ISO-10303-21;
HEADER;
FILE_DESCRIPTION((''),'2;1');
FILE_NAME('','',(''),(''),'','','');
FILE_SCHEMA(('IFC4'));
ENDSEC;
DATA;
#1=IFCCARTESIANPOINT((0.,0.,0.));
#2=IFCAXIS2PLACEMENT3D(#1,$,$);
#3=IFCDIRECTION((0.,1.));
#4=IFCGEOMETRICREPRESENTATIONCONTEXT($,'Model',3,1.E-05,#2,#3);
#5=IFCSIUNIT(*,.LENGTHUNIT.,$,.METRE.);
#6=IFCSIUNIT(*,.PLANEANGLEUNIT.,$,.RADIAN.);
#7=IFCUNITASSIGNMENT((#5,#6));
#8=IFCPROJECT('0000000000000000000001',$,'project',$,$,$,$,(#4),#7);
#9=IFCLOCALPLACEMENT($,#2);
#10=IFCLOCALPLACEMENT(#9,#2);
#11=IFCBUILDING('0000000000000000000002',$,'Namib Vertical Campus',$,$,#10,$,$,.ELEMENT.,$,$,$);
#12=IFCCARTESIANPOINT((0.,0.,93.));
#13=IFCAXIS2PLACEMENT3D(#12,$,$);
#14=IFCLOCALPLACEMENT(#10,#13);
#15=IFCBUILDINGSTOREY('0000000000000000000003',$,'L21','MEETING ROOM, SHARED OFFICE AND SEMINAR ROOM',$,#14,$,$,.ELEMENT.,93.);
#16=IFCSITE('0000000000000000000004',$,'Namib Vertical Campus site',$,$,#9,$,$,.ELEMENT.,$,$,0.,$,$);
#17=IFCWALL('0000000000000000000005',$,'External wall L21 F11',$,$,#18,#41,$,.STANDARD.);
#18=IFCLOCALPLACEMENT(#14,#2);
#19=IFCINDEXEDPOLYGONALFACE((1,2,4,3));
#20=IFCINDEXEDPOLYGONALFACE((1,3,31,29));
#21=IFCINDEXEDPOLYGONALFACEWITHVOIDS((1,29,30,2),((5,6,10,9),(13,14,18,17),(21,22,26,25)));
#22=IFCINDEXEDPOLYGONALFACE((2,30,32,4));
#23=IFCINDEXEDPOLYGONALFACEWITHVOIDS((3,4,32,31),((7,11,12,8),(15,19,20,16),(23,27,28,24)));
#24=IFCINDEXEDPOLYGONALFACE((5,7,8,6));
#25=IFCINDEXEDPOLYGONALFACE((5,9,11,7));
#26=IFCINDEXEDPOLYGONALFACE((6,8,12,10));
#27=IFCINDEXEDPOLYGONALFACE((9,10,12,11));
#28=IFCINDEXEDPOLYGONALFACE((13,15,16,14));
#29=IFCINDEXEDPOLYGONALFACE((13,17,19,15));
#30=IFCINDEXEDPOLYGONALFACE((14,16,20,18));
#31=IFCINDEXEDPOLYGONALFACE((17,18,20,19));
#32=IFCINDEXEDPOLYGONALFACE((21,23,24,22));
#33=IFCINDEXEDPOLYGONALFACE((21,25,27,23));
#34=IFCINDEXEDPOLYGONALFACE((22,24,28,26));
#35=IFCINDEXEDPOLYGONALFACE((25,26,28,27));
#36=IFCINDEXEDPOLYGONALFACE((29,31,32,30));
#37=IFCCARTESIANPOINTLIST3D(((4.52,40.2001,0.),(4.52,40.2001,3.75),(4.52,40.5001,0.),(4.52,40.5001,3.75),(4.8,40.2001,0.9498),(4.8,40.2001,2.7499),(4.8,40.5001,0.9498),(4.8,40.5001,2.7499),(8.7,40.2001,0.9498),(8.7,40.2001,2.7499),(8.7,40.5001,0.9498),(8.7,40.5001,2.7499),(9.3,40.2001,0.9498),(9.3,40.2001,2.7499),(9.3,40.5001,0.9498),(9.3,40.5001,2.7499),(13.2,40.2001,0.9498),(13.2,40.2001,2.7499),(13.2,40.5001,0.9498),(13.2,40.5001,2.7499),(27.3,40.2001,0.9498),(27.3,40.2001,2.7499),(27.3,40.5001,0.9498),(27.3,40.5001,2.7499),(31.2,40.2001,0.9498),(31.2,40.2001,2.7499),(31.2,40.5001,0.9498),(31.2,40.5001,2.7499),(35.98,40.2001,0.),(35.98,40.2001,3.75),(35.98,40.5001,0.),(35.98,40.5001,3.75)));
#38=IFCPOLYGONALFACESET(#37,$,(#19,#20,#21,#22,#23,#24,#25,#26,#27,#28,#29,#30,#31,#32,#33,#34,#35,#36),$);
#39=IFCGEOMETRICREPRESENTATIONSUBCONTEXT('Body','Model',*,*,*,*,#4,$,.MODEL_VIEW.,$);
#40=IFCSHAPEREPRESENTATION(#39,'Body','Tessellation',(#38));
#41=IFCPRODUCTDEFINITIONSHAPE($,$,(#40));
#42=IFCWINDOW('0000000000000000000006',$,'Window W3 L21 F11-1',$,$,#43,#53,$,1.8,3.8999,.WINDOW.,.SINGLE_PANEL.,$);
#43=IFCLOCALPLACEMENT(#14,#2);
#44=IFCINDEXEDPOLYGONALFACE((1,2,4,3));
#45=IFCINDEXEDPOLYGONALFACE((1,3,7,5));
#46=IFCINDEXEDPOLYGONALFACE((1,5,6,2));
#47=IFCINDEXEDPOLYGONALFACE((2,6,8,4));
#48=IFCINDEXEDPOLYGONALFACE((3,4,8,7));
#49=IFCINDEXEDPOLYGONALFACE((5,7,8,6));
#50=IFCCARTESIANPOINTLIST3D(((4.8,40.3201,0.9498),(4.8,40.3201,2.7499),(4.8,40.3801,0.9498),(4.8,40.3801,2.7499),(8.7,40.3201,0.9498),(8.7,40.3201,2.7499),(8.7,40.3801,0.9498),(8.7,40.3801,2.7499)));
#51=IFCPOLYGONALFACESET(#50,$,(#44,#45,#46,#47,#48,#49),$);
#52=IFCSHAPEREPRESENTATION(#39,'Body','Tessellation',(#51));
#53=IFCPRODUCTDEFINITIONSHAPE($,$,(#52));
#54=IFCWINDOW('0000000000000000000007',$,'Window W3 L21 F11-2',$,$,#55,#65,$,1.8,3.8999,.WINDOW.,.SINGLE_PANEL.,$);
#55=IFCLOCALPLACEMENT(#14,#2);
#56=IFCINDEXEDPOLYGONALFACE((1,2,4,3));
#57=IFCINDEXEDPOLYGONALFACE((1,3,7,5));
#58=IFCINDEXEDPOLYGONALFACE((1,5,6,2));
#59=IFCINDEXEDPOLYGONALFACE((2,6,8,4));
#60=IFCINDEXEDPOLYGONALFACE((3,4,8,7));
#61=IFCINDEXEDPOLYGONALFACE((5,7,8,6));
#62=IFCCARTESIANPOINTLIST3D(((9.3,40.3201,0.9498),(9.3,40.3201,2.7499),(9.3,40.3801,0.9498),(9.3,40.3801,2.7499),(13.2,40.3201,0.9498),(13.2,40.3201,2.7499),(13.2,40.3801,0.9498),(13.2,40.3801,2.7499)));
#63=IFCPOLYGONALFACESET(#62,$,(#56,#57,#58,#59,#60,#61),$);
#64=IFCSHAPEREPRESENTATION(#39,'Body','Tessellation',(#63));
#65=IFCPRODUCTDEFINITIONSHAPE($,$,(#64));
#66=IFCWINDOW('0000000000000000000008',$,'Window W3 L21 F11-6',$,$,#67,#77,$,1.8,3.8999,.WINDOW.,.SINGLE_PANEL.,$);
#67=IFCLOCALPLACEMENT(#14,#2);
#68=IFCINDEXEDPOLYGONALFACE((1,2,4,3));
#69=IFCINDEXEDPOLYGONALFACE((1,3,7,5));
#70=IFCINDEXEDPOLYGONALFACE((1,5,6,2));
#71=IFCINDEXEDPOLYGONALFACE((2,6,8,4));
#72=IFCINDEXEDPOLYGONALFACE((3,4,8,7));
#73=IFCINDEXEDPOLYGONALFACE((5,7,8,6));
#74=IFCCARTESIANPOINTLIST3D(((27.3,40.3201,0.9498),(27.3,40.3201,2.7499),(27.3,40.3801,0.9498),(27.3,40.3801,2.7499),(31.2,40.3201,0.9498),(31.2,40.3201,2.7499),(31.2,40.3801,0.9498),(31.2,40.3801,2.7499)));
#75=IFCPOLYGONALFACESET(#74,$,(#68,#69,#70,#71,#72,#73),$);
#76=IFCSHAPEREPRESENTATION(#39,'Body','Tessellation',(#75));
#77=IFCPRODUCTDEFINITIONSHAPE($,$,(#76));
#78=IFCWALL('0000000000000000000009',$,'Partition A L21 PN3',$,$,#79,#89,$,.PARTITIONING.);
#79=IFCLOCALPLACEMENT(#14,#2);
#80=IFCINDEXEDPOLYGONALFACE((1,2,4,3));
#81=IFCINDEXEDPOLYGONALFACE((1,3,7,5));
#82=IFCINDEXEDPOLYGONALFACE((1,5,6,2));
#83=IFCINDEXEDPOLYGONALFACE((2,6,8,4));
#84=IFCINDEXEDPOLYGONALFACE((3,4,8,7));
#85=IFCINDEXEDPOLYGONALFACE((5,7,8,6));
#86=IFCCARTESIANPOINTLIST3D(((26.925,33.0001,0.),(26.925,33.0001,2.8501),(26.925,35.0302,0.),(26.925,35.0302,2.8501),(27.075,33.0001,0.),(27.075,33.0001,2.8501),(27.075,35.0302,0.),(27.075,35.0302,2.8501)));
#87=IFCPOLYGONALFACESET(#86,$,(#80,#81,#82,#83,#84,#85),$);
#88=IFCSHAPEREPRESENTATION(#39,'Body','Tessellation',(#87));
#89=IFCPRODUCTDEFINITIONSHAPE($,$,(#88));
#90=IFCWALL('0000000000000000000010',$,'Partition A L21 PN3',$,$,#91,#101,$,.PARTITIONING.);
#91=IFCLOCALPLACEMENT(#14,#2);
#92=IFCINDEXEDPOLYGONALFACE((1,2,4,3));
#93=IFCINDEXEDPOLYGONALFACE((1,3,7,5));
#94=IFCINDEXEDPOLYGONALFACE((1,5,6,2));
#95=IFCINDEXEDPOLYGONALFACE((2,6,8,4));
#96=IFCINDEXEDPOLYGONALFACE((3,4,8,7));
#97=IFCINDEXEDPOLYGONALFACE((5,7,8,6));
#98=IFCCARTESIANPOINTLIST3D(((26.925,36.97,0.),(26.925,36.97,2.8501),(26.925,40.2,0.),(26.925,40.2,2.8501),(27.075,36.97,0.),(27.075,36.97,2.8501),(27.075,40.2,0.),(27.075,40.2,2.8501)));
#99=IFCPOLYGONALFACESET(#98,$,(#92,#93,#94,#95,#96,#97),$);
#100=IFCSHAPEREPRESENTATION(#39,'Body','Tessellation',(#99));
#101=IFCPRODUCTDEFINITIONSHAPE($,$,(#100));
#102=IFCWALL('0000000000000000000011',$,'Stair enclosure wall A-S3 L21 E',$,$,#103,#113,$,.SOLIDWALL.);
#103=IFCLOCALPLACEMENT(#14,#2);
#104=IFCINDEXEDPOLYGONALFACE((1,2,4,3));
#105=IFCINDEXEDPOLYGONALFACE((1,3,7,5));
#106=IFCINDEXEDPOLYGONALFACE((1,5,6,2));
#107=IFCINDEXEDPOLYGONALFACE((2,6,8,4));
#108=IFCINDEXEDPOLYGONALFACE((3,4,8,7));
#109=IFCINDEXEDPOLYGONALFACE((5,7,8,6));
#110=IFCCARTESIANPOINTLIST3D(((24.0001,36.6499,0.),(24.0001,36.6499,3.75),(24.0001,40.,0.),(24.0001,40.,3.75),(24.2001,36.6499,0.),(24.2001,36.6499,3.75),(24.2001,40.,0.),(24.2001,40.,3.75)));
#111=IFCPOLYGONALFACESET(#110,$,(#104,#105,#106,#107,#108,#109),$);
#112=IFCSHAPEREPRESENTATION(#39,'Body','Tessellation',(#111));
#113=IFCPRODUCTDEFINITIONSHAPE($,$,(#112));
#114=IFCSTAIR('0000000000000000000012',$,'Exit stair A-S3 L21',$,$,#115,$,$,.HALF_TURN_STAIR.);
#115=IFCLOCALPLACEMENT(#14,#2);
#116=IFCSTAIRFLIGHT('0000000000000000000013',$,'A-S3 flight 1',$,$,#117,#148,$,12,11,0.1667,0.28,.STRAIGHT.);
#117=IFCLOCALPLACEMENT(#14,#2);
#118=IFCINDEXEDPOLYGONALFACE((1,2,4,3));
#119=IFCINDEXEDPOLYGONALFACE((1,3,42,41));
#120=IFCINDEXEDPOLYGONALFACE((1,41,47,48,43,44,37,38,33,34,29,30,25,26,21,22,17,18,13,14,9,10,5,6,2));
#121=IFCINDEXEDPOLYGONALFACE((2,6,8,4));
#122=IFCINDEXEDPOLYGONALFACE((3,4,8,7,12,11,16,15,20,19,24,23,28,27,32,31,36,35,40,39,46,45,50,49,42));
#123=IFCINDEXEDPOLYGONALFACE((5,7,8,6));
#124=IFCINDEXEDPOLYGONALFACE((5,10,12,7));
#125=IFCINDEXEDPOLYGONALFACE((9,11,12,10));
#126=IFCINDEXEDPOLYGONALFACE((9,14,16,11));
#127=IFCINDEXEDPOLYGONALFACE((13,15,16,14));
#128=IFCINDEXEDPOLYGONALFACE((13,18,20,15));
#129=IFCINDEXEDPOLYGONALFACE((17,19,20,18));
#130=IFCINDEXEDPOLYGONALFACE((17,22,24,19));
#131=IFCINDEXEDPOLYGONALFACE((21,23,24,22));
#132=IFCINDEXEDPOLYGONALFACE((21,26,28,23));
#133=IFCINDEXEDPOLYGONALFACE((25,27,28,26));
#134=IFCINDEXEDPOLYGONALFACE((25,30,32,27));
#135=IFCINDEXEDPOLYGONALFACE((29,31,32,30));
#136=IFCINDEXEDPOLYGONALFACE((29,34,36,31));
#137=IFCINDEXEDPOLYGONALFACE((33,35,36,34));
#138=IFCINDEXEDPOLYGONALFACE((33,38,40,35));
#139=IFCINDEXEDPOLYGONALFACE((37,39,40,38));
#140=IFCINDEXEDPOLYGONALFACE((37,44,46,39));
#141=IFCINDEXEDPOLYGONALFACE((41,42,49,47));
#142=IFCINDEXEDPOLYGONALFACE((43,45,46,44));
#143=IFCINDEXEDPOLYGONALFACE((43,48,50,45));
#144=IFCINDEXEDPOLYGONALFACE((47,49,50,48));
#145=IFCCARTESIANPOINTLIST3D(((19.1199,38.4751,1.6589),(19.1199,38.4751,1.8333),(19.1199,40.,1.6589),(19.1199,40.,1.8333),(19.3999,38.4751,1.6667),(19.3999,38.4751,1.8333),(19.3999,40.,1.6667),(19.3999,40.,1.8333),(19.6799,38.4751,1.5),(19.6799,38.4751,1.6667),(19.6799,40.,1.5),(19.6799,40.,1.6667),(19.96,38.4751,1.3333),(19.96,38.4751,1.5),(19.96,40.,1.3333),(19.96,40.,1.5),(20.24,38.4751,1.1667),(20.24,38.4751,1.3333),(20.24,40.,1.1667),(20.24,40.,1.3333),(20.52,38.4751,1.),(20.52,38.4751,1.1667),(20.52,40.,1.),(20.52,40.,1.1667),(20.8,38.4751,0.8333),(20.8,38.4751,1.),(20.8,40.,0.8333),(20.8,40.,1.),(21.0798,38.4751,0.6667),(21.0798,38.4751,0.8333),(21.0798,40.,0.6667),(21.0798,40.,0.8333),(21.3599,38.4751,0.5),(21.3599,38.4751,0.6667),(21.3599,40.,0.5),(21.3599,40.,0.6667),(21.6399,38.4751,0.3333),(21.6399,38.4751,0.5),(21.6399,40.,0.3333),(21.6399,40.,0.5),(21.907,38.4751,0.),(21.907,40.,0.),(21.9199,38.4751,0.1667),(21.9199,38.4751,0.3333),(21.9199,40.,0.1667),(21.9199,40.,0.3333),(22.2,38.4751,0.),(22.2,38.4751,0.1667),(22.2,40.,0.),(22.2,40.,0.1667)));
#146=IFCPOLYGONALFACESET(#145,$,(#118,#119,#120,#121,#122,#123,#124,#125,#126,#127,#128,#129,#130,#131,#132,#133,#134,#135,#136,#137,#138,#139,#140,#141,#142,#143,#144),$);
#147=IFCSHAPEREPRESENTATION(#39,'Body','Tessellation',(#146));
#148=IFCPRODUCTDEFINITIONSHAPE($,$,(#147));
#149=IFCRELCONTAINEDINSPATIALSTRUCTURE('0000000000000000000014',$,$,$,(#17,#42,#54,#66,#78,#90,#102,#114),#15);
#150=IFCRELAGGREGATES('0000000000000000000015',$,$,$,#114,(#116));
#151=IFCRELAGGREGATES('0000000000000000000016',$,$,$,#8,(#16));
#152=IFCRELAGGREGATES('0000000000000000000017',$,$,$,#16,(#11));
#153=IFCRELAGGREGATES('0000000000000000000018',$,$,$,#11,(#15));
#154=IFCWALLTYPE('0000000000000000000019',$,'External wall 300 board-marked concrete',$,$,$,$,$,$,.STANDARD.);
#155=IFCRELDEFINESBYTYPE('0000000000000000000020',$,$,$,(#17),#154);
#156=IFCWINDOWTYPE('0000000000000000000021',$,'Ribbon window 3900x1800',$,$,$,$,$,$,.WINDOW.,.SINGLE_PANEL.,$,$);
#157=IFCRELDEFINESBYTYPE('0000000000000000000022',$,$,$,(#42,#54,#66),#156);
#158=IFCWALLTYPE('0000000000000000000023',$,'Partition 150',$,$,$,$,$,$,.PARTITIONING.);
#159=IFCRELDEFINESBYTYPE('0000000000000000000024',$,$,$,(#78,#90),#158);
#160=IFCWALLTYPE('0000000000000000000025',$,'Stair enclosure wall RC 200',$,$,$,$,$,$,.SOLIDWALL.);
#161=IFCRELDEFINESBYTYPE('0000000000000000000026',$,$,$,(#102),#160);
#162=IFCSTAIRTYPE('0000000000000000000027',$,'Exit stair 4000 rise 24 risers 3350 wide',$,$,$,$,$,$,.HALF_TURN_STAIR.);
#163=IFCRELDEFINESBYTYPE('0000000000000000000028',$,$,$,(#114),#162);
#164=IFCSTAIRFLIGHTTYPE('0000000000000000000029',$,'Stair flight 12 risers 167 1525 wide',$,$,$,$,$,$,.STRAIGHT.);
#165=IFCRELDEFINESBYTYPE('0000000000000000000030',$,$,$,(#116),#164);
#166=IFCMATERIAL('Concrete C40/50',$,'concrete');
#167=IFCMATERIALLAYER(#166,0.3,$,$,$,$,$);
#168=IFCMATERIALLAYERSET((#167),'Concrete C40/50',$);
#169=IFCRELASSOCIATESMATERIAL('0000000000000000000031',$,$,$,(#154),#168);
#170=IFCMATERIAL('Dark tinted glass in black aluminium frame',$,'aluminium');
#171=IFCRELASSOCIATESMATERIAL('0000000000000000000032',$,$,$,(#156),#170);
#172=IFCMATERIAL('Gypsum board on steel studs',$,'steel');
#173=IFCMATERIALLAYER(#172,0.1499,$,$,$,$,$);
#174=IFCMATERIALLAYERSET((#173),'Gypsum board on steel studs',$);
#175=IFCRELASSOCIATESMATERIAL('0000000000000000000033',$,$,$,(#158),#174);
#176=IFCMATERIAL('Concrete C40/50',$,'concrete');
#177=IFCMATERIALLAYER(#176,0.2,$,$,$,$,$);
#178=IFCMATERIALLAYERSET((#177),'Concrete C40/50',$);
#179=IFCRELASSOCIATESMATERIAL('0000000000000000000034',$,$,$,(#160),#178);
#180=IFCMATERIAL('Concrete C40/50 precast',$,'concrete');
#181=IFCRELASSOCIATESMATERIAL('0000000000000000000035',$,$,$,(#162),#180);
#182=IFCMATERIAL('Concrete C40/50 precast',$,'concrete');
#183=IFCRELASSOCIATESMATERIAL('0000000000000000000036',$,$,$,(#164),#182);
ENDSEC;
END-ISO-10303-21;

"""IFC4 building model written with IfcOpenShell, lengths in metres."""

from ifc_helpers import new_model, si_unit, direction, frame, frame_2d, origin, place, context, subcontext, project, spatial, polyline, rectangle, outline, extrude, material, layer, layer_set, type_object, element, fill, aggregate, save


model = new_model("IFC4")

# Units and contexts
model_context = context("Model", 3, precision=1e-05, world=origin(), true_north=direction((0.0, 1.0)))
body_context = subcontext(model_context, "Body", "Model", "MODEL_VIEW")
ifc_project = project(units=[si_unit("LENGTHUNIT", "METRE"), si_unit("PLANEANGLEUNIT", "RADIAN")], contexts=[model_context])

# Site, building, storey
site_placement = place(None, origin())
site = spatial("IfcSite", under=ifc_project, at=site_placement, Name="Namib Vertical Campus site", CompositionType="ELEMENT", RefElevation=0.0)
building_placement = place(site_placement, origin())
building = spatial("IfcBuilding", under=site, at=building_placement, Name="Namib Vertical Campus", CompositionType="ELEMENT")
storey_placement = place(building_placement, frame((0.0, 0.0, 93.0)))
storey = spatial("IfcBuildingStorey", under=building, at=storey_placement, Name="L21", Description="MEETING ROOM, SHARED OFFICE AND SEMINAR ROOM", CompositionType="ELEMENT", Elevation=93.0)

# Shared definitions
ifc_material_1 = material(Name="Concrete C40/50", Category="concrete")
ifc_layer_1 = layer(ifc_material_1, 0.3)
ifc_layer_set_1 = layer_set([ifc_layer_1], Name="Concrete C40/50")
wall_type_1 = type_object("IfcWallType", Name="External wall 300 board-marked concrete", PredefinedType="STANDARD", material=ifc_layer_set_1)

# Wall, openings, windows
wall_1_placement = place(storey_placement, frame((35.98, 40.3501, 0.0), z_axis=(0.0, 0.0, 1.0), x_axis=(-1.0, 0.0, 0.0)))
wall_1 = element("IfcWall", 1, at=wall_1_placement, inside=storey, type_object=wall_type_1, Name="External wall L21 F11", PredefinedType="STANDARD", context=body_context, shape_type="SweptSolid", body=[
    extrude(rectangle(XDim=31.46, YDim=0.3, at=frame_2d((15.73, 0.0))), origin(), (0.0, 0.0, 1.0), 3.75),
])
opening_1_placement = place(wall_1_placement, frame((27.28, 0.0, 0.95)))
opening_1 = element("IfcOpeningElement", 2, at=opening_1_placement, cuts=wall_1, PredefinedType="OPENING", context=body_context, shape_type="SweptSolid", body=[
    extrude(rectangle(XDim=3.8999, YDim=1.8, at=frame_2d((1.95, 0.8999))), frame((0.0, 0.1599, 0.0), z_axis=(0.0, -1.0, 0.0), x_axis=(1.0, 0.0, 0.0)), (0.0, 0.0, 1.0), 0.3201),
])
opening_2_placement = place(wall_1_placement, frame((22.78, 0.0, 0.95)))
opening_2 = element("IfcOpeningElement", 3, at=opening_2_placement, cuts=wall_1, PredefinedType="OPENING", context=body_context, shape_type="SweptSolid", body=[
    extrude(rectangle(XDim=3.8999, YDim=1.8, at=frame_2d((1.95, 0.8999))), frame((0.0, 0.1599, 0.0), z_axis=(0.0, -1.0, 0.0), x_axis=(1.0, 0.0, 0.0)), (0.0, 0.0, 1.0), 0.3201),
])
opening_3_placement = place(wall_1_placement, frame((4.78, 0.0, 0.95)))
opening_3 = element("IfcOpeningElement", 4, at=opening_3_placement, cuts=wall_1, PredefinedType="OPENING", context=body_context, shape_type="SweptSolid", body=[
    extrude(rectangle(XDim=3.8999, YDim=1.8, at=frame_2d((1.95, 0.8999))), frame((0.0, 0.1599, 0.0), z_axis=(0.0, -1.0, 0.0), x_axis=(1.0, 0.0, 0.0)), (0.0, 0.0, 1.0), 0.3201),
])
ifc_material_2 = material(Name="Dark tinted glass in black aluminium frame", Category="aluminium")
window_type = type_object("IfcWindowType", Name="Ribbon window 3900x1800", PartitioningType="SINGLE_PANEL", PredefinedType="WINDOW", material=ifc_material_2)
window_1_placement = place(opening_1_placement, origin())
window_1 = element("IfcWindow", 5, at=window_1_placement, inside=storey, type_object=window_type, Name="Window W3 L21 F11-1", OverallHeight=1.8, OverallWidth=3.8999, PartitioningType="SINGLE_PANEL", PredefinedType="WINDOW", context=body_context, shape_type="SweptSolid", body=[
    extrude(rectangle(XDim=3.8999, YDim=1.8, at=frame_2d((1.95, 0.8999))), frame((0.0, 0.03, 0.0), z_axis=(0.0, -1.0, 0.0), x_axis=(1.0, 0.0, 0.0)), (0.0, 0.0, 1.0), 0.0601),
])
fill(opening_1, window_1)
window_2_placement = place(opening_2_placement, origin())
window_2 = element("IfcWindow", 6, at=window_2_placement, inside=storey, type_object=window_type, Name="Window W3 L21 F11-2", OverallHeight=1.8, OverallWidth=3.8999, PartitioningType="SINGLE_PANEL", PredefinedType="WINDOW", context=body_context, shape_type="SweptSolid", body=[
    extrude(rectangle(XDim=3.8999, YDim=1.8, at=frame_2d((1.95, 0.8999))), frame((0.0, 0.03, 0.0), z_axis=(0.0, -1.0, 0.0), x_axis=(1.0, 0.0, 0.0)), (0.0, 0.0, 1.0), 0.0601),
])
fill(opening_2, window_2)
window_3_placement = place(opening_3_placement, origin())
window_3 = element("IfcWindow", 7, at=window_3_placement, inside=storey, type_object=window_type, Name="Window W3 L21 F11-6", OverallHeight=1.8, OverallWidth=3.8999, PartitioningType="SINGLE_PANEL", PredefinedType="WINDOW", context=body_context, shape_type="SweptSolid", body=[
    extrude(rectangle(XDim=3.8999, YDim=1.8, at=frame_2d((1.95, 0.8999))), frame((0.0, 0.03, 0.0), z_axis=(0.0, -1.0, 0.0), x_axis=(1.0, 0.0, 0.0)), (0.0, 0.0, 1.0), 0.0601),
])
fill(opening_3, window_3)

# Walls
ifc_material_3 = material(Name="Gypsum board on steel studs", Category="steel")
ifc_layer_2 = layer(ifc_material_3, 0.1499)
ifc_layer_set_2 = layer_set([ifc_layer_2], Name="Gypsum board on steel studs")
wall_type_2 = type_object("IfcWallType", Name="Partition 150", PredefinedType="PARTITIONING", material=ifc_layer_set_2)
wall_2_placement = place(storey_placement, frame((27.0, 33.0, 0.0), z_axis=(0.0, 0.0, 1.0), x_axis=(0.0, 1.0, 0.0)))
element("IfcWall", 8, at=wall_2_placement, inside=storey, type_object=wall_type_2, Name="Partition A L21 PN3", PredefinedType="PARTITIONING", context=body_context, shape_type="SweptSolid", body=[
    extrude(rectangle(XDim=2.03, YDim=0.1499, at=frame_2d((1.0151, 0.0))), origin(), (0.0, 0.0, 1.0), 2.8501),
])
wall_3_placement = place(storey_placement, frame((27.0, 36.97, 0.0), z_axis=(0.0, 0.0, 1.0), x_axis=(0.0, 1.0, 0.0)))
element("IfcWall", 9, at=wall_3_placement, inside=storey, type_object=wall_type_2, Name="Partition A L21 PN3", PredefinedType="PARTITIONING", context=body_context, shape_type="SweptSolid", body=[
    extrude(rectangle(XDim=3.23, YDim=0.1499, at=frame_2d((1.615, 0.0))), origin(), (0.0, 0.0, 1.0), 2.8501),
])
ifc_material_4 = material(Name="Concrete C40/50", Category="concrete")
ifc_layer_3 = layer(ifc_material_4, 0.2)
ifc_layer_set_3 = layer_set([ifc_layer_3], Name="Concrete C40/50")
wall_type_3 = type_object("IfcWallType", Name="Stair enclosure wall RC 200", PredefinedType="SOLIDWALL", material=ifc_layer_set_3)
wall_4_placement = place(storey_placement, frame((24.1001, 36.6499, 0.0), z_axis=(0.0, 0.0, 1.0), x_axis=(0.0, 1.0, 0.0)))
element("IfcWall", 10, at=wall_4_placement, inside=storey, type_object=wall_type_3, Name="Stair enclosure wall A-S3 L21 E", PredefinedType="SOLIDWALL", context=body_context, shape_type="SweptSolid", body=[
    extrude(rectangle(XDim=3.3501, YDim=0.2, at=frame_2d((1.675, 0.0))), origin(), (0.0, 0.0, 1.0), 3.75),
])

# Stair, stair flight
ifc_material_5 = material(Name="Concrete C40/50 precast", Category="concrete")
stair_type = type_object("IfcStairType", Name="Exit stair 4000 rise 24 risers 3350 wide", PredefinedType="HALF_TURN_STAIR", material=ifc_material_5)
stair_placement = place(storey_placement, origin())
stair = element("IfcStair", 11, at=stair_placement, inside=storey, type_object=stair_type, Name="Exit stair A-S3 L21", PredefinedType="HALF_TURN_STAIR")
ifc_material_6 = material(Name="Concrete C40/50 precast", Category="concrete")
stair_flight_type = type_object("IfcStairFlightType", Name="Stair flight 12 risers 167 1525 wide", PredefinedType="STRAIGHT", material=ifc_material_6)
stair_flight_1_placement = place(storey_placement, frame((22.2, 39.2375, 0.0), z_axis=(0.0, 0.0, 1.0), x_axis=(-1.0, 0.0, 0.0)))
stair_flight_1 = element("IfcStairFlight", 12, at=stair_flight_1_placement, type_object=stair_flight_type, Name="A-S3 flight 1", NumberOfRisers=12, NumberOfTreads=11, PredefinedType="STRAIGHT", RiserHeight=0.1667, TreadLength=0.28, context=body_context, shape_type="SweptSolid", body=[
    extrude(outline(polyline([(0.0, 0.0), (0.0, 0.1667), (0.28, 0.1667), (0.28, 0.3333), (0.5601, 0.3333), (0.5601, 0.5), (0.8401, 0.5), (0.8401, 0.6667), (1.1201, 0.6667), (1.1201, 0.8333), (1.3999, 0.8333), (1.3999, 1.0), (1.6799, 1.0), (1.6799, 1.1667), (1.96, 1.1667), (1.96, 1.3333), (2.24, 1.3333), (2.24, 1.5), (2.52, 1.5), (2.52, 1.6667), (2.8, 1.6667), (2.8, 1.8333), (3.0801, 1.8333), (3.0801, 2.0), (3.0801, 1.6589), (0.293, 0.0), (0.0, 0.0)])), frame((0.0, 0.7625, 0.0), z_axis=(0.0, -1.0, 0.0), x_axis=(1.0, 0.0, 0.0)), (0.0, 0.0, 1.0), 1.5249),
])
aggregate(stair, [stair_flight_1])

save(model, "model.ifc")
